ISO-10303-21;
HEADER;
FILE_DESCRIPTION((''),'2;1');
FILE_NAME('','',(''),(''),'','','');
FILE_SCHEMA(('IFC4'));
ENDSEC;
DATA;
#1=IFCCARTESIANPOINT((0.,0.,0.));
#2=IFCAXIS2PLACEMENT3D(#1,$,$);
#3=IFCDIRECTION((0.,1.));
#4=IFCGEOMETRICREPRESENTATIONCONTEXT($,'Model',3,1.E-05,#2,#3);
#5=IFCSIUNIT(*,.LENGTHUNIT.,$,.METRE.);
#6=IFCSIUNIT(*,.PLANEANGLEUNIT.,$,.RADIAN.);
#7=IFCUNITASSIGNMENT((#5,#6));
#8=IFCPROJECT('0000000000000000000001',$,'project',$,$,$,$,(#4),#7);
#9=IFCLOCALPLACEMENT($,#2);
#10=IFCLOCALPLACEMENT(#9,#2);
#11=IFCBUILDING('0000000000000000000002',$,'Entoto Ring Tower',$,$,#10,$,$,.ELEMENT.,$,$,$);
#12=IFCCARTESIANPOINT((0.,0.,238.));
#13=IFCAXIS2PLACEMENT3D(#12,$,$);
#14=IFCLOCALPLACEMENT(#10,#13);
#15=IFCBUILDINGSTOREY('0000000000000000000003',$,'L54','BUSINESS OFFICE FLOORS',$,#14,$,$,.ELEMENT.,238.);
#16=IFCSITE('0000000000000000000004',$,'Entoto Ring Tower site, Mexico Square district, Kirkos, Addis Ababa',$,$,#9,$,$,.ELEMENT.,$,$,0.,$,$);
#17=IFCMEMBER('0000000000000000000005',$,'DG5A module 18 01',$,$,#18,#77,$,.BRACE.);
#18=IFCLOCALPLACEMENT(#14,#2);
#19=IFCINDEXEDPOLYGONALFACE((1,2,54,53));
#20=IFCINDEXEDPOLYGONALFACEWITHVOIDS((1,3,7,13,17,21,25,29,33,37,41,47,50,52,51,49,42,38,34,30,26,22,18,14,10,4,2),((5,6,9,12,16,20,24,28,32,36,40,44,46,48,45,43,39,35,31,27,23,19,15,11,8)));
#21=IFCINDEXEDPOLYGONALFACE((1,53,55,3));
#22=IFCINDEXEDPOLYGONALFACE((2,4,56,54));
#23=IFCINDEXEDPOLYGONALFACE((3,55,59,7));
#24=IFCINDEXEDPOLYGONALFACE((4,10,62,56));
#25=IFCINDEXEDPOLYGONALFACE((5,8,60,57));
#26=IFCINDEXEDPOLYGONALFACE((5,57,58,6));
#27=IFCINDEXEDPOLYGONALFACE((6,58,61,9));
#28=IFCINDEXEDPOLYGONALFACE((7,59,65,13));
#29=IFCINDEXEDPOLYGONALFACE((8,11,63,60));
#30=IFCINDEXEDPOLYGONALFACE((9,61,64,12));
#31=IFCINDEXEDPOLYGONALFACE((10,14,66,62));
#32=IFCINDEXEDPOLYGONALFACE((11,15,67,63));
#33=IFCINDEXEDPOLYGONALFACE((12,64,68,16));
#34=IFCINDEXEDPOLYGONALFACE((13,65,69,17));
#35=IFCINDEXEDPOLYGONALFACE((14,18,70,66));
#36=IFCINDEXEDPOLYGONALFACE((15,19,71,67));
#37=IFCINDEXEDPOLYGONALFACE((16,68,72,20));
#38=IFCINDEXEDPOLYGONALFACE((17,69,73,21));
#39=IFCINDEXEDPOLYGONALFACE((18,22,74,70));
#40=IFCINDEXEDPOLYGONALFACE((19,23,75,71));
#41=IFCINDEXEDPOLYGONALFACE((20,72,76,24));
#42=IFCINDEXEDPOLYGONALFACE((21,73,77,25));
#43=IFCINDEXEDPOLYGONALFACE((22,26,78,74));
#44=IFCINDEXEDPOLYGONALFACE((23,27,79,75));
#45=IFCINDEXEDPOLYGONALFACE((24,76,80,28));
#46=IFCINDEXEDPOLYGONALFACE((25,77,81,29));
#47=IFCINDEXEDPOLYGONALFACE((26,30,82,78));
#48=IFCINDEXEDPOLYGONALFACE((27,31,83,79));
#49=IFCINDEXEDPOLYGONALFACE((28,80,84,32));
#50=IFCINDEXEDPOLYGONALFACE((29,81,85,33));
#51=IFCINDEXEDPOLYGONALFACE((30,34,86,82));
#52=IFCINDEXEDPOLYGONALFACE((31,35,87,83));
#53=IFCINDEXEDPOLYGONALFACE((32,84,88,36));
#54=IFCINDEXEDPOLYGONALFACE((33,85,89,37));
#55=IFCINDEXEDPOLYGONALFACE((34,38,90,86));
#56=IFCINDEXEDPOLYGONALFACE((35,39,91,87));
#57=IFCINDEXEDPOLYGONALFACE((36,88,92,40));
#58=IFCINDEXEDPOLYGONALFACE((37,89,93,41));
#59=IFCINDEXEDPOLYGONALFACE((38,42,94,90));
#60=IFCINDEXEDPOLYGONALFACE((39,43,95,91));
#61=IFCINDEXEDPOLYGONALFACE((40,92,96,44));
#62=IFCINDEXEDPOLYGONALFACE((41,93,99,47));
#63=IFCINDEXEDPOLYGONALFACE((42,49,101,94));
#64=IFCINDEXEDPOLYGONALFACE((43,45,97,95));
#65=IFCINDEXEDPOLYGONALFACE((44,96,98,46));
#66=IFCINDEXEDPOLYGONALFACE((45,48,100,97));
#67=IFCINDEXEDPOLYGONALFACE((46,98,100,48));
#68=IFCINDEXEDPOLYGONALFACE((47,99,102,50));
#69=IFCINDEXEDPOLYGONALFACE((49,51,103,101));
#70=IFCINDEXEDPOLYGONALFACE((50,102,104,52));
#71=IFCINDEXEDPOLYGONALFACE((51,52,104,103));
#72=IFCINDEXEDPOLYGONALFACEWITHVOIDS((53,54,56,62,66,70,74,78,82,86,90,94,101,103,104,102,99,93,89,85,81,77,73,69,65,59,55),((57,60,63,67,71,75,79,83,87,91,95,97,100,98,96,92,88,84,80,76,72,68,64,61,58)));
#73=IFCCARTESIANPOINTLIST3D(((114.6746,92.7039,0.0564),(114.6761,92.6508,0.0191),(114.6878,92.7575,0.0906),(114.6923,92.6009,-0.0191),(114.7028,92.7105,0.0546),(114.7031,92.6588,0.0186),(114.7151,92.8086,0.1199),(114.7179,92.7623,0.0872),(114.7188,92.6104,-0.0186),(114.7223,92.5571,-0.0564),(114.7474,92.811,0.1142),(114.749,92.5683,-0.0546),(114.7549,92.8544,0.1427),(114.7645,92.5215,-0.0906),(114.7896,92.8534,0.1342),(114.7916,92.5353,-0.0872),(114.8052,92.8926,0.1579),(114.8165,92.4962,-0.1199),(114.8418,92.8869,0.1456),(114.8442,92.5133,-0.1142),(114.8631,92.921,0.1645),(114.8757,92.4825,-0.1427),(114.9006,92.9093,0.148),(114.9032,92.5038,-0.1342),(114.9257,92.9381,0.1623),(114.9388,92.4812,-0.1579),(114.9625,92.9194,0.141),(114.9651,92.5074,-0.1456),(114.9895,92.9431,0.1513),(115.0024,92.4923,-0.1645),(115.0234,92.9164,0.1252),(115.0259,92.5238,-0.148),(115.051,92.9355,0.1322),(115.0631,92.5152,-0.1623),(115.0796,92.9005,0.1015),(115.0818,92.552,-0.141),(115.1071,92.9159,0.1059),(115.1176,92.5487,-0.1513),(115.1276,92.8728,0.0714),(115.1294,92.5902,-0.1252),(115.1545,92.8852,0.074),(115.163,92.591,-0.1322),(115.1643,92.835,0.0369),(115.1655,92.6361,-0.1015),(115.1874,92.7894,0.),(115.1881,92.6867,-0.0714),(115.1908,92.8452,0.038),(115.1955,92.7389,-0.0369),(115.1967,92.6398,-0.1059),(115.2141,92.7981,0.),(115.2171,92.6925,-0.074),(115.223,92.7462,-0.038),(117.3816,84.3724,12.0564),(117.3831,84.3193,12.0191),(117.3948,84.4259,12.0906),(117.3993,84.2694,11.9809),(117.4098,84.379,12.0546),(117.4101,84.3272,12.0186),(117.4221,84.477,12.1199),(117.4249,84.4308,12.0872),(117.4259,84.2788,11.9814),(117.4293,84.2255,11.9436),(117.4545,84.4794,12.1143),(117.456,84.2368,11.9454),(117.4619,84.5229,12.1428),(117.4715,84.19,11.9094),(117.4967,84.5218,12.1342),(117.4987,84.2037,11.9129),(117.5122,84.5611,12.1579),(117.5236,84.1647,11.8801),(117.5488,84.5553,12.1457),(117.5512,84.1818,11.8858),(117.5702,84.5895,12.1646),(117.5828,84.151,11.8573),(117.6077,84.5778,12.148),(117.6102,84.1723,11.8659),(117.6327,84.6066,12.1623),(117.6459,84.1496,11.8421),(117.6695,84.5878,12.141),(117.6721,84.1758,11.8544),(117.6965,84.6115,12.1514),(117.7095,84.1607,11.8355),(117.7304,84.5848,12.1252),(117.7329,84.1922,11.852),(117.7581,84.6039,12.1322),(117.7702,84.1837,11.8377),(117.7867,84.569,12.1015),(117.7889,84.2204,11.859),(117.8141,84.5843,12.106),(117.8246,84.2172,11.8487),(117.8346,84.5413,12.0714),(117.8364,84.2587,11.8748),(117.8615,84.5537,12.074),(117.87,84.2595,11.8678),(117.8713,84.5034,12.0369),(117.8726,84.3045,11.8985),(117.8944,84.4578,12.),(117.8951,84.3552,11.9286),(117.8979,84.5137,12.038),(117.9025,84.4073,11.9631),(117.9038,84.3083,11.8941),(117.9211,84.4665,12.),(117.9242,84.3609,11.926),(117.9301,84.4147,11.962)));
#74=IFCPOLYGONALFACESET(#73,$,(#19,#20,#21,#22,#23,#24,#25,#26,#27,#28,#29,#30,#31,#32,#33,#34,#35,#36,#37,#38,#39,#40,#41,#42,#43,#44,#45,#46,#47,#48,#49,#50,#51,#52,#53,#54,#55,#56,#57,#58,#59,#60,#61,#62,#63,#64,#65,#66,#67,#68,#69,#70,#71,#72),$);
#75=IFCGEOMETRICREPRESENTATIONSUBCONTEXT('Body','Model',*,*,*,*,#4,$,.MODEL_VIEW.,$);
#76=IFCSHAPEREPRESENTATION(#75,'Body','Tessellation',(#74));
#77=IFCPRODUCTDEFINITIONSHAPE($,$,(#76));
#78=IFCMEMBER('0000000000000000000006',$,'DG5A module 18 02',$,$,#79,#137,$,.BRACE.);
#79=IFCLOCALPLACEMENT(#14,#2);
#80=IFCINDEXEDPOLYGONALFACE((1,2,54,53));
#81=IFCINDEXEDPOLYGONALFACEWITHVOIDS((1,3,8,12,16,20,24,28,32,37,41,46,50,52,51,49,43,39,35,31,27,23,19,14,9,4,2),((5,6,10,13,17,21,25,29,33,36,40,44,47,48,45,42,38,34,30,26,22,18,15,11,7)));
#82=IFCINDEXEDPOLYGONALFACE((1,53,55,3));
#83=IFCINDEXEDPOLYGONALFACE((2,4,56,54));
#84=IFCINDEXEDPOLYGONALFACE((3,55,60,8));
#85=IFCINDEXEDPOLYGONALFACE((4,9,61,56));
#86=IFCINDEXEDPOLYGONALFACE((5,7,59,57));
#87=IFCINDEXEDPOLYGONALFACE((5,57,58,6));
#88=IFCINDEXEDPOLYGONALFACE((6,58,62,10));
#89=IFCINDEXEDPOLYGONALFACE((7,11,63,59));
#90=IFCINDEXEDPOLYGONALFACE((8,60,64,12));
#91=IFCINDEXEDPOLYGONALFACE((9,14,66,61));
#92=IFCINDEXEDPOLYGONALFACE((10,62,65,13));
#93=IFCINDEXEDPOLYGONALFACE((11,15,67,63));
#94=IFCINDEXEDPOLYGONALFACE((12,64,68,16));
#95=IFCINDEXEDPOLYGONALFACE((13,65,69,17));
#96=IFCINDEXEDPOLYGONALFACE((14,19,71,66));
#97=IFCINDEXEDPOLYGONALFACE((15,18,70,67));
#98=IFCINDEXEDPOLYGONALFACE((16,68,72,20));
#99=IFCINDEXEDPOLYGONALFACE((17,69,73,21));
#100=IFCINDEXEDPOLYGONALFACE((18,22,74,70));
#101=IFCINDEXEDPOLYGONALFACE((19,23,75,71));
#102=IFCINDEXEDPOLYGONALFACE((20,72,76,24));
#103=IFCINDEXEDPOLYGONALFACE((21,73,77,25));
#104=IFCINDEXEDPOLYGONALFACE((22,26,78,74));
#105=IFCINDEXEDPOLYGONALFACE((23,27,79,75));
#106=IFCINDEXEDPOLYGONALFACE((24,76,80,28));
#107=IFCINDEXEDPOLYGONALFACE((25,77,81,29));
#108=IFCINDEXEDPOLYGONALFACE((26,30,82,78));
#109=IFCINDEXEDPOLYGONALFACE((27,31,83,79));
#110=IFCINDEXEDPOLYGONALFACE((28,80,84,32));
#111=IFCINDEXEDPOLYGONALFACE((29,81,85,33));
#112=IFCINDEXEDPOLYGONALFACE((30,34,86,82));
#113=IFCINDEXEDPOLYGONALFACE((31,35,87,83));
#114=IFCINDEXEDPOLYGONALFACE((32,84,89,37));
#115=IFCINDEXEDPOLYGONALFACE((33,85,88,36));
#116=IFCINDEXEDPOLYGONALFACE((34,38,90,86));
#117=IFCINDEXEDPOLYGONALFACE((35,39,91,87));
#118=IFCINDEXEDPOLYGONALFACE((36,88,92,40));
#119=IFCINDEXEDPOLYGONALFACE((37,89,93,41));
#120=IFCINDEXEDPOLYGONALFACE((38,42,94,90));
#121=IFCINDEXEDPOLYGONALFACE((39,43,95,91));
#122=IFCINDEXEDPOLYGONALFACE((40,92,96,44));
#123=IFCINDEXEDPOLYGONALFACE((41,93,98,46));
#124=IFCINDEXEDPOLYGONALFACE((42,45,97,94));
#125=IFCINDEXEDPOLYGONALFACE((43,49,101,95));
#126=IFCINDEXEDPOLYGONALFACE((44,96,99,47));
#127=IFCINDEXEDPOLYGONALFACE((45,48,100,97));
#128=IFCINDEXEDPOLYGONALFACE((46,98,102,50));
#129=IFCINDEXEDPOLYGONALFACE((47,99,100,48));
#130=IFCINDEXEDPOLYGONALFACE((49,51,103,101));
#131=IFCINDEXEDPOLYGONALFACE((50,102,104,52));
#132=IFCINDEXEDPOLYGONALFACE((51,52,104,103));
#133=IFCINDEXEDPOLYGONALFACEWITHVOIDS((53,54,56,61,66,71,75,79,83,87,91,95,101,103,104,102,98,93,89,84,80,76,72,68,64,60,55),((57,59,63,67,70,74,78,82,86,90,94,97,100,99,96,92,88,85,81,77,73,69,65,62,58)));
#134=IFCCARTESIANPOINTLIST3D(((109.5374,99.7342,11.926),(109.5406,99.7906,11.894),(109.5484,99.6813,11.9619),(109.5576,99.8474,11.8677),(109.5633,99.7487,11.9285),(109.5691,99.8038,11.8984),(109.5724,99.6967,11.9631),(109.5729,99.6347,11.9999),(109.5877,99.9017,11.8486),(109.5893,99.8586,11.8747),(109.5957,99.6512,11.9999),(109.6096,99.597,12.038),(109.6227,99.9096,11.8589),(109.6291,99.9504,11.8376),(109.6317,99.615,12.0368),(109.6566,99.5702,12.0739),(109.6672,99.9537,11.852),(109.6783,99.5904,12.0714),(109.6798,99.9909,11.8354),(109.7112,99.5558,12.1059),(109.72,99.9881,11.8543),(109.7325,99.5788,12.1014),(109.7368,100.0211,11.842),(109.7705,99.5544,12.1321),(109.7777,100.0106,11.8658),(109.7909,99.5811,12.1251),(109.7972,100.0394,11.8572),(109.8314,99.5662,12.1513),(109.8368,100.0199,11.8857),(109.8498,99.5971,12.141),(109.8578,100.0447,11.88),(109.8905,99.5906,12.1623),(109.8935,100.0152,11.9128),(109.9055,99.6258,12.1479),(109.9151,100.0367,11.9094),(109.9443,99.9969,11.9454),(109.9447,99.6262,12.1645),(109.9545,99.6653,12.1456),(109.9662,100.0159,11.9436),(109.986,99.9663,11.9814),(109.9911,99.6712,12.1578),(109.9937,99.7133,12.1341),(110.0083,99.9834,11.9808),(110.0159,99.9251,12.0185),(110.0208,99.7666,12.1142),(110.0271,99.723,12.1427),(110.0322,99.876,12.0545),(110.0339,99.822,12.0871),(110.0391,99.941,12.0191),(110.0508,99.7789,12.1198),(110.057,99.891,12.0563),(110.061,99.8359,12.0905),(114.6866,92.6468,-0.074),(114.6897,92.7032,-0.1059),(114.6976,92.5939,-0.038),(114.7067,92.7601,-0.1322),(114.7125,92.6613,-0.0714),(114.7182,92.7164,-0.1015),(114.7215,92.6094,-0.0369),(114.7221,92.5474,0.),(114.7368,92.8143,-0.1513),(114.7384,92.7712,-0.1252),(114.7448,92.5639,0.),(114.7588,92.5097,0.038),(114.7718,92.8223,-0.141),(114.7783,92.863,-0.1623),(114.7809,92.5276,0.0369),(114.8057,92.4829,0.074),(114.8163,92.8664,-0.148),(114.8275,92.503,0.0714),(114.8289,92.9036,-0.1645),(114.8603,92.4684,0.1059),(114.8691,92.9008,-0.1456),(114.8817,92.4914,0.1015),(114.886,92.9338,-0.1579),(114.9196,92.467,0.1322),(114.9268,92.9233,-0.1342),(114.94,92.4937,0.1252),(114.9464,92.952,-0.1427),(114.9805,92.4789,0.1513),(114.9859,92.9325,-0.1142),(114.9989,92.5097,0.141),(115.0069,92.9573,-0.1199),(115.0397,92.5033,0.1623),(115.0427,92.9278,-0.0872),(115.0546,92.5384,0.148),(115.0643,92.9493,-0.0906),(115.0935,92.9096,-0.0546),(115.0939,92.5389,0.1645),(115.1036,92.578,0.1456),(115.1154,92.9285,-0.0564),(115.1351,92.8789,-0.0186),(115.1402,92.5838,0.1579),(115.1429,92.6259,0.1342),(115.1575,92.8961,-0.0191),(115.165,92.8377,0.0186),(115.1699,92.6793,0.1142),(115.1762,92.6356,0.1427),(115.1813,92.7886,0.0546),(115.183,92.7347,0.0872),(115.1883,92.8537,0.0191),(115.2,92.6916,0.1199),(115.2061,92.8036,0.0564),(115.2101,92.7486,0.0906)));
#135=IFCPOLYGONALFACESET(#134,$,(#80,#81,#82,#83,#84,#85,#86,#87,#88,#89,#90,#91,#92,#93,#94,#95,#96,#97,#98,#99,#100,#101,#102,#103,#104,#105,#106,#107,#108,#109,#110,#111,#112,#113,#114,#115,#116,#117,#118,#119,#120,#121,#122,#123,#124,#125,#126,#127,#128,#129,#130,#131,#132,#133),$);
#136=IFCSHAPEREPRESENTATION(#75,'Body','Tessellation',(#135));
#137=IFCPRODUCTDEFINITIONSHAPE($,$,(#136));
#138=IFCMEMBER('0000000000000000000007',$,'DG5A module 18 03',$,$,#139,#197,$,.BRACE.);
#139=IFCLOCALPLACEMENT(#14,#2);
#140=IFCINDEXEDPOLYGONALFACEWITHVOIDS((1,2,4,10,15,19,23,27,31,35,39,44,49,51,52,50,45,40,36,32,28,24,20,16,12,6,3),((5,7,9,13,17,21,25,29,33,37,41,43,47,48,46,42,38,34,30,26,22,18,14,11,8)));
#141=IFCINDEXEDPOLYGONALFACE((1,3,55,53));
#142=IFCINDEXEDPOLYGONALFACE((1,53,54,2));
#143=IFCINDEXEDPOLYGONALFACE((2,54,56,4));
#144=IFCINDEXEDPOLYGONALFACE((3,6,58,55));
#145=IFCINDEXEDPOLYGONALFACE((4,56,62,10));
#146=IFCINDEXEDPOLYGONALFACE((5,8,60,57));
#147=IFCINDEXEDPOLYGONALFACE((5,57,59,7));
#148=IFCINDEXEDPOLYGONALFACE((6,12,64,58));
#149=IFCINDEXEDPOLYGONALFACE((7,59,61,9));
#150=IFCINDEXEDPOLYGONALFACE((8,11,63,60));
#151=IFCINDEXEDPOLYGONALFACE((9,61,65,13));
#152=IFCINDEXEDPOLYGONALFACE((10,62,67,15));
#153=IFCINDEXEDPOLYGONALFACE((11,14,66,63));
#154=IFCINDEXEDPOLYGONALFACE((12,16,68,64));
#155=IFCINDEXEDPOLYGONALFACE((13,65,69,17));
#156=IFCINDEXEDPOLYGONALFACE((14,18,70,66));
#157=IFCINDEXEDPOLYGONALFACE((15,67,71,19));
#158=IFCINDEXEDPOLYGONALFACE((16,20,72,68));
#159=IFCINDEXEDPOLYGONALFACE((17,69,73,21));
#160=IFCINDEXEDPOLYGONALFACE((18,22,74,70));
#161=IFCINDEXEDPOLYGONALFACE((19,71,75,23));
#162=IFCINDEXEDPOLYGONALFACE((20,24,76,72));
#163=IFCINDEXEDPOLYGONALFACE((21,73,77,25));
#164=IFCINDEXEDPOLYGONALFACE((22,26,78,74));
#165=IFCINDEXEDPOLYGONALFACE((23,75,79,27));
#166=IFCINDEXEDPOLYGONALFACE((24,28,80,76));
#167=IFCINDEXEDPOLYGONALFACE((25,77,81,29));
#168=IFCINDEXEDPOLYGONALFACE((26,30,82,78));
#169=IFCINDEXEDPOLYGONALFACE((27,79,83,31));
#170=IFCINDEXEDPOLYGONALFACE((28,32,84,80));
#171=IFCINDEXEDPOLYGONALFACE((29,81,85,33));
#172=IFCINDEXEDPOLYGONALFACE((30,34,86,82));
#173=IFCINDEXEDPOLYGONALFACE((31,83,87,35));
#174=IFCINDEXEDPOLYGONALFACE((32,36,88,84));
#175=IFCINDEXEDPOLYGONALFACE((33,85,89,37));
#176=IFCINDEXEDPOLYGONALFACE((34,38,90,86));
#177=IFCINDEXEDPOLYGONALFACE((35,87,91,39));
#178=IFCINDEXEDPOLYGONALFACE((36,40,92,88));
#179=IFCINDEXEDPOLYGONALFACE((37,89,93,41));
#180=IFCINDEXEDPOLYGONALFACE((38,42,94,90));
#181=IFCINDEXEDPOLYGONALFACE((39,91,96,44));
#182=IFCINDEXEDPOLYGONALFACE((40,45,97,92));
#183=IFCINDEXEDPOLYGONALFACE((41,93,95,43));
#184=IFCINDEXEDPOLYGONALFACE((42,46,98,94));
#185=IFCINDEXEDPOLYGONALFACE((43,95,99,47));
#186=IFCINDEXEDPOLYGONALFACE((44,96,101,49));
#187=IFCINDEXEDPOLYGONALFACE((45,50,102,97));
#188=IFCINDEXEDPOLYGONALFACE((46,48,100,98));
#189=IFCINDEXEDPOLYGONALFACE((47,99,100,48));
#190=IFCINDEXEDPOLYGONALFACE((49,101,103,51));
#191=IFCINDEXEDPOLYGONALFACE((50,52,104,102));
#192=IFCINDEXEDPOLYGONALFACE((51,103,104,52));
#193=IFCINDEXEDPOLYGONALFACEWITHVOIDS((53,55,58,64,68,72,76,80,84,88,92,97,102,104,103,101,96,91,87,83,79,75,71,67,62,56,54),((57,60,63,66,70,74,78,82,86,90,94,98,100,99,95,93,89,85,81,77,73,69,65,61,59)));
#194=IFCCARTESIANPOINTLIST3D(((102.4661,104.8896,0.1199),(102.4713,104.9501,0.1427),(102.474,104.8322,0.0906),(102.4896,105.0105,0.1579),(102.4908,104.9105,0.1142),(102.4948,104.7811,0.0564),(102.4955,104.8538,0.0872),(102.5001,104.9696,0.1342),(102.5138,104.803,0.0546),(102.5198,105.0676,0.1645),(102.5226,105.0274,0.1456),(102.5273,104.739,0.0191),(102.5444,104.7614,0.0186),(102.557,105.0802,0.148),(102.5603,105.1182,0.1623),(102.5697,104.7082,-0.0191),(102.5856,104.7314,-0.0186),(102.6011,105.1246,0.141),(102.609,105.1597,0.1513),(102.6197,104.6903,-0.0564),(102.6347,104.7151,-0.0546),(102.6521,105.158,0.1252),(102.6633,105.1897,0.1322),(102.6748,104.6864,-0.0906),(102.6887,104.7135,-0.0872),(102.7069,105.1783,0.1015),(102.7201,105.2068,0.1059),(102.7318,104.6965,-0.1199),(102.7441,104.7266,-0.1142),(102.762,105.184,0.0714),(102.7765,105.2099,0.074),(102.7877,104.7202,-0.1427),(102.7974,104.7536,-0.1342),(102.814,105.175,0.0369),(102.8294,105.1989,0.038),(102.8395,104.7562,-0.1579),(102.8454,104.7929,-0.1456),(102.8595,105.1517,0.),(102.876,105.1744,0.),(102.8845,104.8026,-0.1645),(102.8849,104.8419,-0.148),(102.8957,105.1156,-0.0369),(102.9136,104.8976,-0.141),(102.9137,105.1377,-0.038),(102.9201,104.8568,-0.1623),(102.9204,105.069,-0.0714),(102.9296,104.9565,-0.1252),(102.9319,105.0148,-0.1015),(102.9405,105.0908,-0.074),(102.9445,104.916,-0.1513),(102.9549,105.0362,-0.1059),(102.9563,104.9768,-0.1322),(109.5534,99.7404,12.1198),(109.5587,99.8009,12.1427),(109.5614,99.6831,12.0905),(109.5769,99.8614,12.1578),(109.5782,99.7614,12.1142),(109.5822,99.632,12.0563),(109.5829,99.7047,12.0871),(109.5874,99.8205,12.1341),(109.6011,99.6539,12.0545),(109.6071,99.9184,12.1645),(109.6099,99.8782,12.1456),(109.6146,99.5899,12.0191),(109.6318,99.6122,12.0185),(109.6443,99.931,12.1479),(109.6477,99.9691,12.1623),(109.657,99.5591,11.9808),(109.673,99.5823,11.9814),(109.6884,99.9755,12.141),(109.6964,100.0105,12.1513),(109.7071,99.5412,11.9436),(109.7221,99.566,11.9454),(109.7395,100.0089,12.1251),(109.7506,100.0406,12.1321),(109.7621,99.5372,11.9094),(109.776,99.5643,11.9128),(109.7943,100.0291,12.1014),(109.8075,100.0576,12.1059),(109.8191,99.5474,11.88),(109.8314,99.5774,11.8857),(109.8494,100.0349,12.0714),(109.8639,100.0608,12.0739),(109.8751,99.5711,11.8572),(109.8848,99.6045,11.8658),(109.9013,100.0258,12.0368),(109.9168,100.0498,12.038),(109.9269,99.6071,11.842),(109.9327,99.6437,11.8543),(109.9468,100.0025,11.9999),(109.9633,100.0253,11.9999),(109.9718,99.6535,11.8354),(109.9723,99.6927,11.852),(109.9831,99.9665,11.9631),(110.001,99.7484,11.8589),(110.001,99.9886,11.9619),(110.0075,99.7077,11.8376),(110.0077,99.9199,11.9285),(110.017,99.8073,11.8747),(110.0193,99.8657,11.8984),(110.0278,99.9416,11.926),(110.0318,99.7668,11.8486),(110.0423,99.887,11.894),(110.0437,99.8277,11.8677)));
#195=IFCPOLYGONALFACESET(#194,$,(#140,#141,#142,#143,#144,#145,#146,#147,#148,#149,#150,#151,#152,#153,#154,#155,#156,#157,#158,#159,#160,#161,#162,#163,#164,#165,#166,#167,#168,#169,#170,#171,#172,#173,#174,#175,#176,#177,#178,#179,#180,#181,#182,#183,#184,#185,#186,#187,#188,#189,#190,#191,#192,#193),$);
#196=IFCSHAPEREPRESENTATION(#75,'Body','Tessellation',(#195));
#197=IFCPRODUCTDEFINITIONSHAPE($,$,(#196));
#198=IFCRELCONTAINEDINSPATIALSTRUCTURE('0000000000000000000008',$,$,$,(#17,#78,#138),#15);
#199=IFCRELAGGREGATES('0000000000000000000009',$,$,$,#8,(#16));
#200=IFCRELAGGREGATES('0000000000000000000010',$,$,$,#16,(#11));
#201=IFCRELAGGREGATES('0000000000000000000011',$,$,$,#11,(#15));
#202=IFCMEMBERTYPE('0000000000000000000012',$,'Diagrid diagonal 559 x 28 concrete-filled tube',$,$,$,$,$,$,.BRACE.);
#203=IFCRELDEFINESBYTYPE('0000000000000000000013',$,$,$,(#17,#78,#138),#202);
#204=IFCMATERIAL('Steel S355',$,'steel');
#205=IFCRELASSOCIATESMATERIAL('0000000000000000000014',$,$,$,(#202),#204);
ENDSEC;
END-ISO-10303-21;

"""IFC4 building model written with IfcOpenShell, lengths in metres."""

from ifc_helpers import new_model, si_unit, direction, frame, origin, origin_2d, place, context, subcontext, project, spatial, circle, hollow_circle, extrude, material, material_profile, profile_set, type_object, element, save


model = new_model("IFC4")

# Units and contexts
model_context = context("Model", 3, precision=1e-05, world=origin(), true_north=direction((0.0, 1.0)))
body_context = subcontext(model_context, "Body", "Model", "MODEL_VIEW")
ifc_project = project(units=[si_unit("LENGTHUNIT", "METRE"), si_unit("PLANEANGLEUNIT", "RADIAN")], contexts=[model_context])

# Site, building, storey
site_placement = place(None, origin())
site = spatial("IfcSite", under=ifc_project, at=site_placement, Name="Entoto Ring Tower site, Mexico Square district, Kirkos, Addis Ababa", CompositionType="ELEMENT", RefElevation=0.0)
building_placement = place(site_placement, origin())
building = spatial("IfcBuilding", under=site, at=building_placement, Name="Entoto Ring Tower", CompositionType="ELEMENT")
storey_placement = place(building_placement, frame((0.0, 0.0, 238.0)))
storey = spatial("IfcBuildingStorey", under=building, at=storey_placement, Name="L54", Description="BUSINESS OFFICE FLOORS", CompositionType="ELEMENT", Elevation=238.0)

# Members
ifc_material_1 = material(Name="Steel S355", Category="steel")
ifc_material_profile_1 = material_profile(ifc_material_1, hollow_circle(Radius=0.2795, WallThickness=0.0281, at=origin_2d()), Name="CHS 559 x 28")
ifc_material_2 = material(Name="Concrete C60/75", Category="concrete")
ifc_material_profile_2 = material_profile(ifc_material_2, circle(Radius=0.2515, at=origin_2d()), Name="Concrete C60/75 infill")
ifc_profile_set_1 = profile_set([ifc_material_profile_1, ifc_material_profile_2], Name="Steel S355")
member_type_1 = type_object("IfcMemberType", Name="Diagrid diagonal 559 x 28 concrete-filled tube", PredefinedType="BRACE", material=ifc_profile_set_1)
for number, where, z_axis, x_axis, name in (
    (1, (114.9482, 92.7117, 0.0), (0.182201, -0.560767, 0.807678), (0.951058, 0.309012, 0.0), "DG5A module 18 01"),
    (2, (114.9482, 92.7117, 0.0), (-0.34657, 0.477025, 0.807673), (-0.809024, -0.587776, 0.0), "DG5A module 18 02"),
    (3, (102.7117, 104.9482, 0.0), (0.477025, -0.34657, 0.807673), (0.587776, 0.809024, 0.0), "DG5A module 18 03"),
):
    element("IfcMember", number, at=place(storey_placement, frame(where, z_axis=z_axis, x_axis=x_axis)), inside=storey, type_object=member_type_1, Name=name, PredefinedType="BRACE", context=body_context, shape_type="SweptSolid", body=[
        extrude(hollow_circle(Radius=0.2795, WallThickness=0.0281, at=origin_2d()), origin(), (0.0, 0.0, 1.0), 14.8574),
    ])

save(model, "model.ifc")
